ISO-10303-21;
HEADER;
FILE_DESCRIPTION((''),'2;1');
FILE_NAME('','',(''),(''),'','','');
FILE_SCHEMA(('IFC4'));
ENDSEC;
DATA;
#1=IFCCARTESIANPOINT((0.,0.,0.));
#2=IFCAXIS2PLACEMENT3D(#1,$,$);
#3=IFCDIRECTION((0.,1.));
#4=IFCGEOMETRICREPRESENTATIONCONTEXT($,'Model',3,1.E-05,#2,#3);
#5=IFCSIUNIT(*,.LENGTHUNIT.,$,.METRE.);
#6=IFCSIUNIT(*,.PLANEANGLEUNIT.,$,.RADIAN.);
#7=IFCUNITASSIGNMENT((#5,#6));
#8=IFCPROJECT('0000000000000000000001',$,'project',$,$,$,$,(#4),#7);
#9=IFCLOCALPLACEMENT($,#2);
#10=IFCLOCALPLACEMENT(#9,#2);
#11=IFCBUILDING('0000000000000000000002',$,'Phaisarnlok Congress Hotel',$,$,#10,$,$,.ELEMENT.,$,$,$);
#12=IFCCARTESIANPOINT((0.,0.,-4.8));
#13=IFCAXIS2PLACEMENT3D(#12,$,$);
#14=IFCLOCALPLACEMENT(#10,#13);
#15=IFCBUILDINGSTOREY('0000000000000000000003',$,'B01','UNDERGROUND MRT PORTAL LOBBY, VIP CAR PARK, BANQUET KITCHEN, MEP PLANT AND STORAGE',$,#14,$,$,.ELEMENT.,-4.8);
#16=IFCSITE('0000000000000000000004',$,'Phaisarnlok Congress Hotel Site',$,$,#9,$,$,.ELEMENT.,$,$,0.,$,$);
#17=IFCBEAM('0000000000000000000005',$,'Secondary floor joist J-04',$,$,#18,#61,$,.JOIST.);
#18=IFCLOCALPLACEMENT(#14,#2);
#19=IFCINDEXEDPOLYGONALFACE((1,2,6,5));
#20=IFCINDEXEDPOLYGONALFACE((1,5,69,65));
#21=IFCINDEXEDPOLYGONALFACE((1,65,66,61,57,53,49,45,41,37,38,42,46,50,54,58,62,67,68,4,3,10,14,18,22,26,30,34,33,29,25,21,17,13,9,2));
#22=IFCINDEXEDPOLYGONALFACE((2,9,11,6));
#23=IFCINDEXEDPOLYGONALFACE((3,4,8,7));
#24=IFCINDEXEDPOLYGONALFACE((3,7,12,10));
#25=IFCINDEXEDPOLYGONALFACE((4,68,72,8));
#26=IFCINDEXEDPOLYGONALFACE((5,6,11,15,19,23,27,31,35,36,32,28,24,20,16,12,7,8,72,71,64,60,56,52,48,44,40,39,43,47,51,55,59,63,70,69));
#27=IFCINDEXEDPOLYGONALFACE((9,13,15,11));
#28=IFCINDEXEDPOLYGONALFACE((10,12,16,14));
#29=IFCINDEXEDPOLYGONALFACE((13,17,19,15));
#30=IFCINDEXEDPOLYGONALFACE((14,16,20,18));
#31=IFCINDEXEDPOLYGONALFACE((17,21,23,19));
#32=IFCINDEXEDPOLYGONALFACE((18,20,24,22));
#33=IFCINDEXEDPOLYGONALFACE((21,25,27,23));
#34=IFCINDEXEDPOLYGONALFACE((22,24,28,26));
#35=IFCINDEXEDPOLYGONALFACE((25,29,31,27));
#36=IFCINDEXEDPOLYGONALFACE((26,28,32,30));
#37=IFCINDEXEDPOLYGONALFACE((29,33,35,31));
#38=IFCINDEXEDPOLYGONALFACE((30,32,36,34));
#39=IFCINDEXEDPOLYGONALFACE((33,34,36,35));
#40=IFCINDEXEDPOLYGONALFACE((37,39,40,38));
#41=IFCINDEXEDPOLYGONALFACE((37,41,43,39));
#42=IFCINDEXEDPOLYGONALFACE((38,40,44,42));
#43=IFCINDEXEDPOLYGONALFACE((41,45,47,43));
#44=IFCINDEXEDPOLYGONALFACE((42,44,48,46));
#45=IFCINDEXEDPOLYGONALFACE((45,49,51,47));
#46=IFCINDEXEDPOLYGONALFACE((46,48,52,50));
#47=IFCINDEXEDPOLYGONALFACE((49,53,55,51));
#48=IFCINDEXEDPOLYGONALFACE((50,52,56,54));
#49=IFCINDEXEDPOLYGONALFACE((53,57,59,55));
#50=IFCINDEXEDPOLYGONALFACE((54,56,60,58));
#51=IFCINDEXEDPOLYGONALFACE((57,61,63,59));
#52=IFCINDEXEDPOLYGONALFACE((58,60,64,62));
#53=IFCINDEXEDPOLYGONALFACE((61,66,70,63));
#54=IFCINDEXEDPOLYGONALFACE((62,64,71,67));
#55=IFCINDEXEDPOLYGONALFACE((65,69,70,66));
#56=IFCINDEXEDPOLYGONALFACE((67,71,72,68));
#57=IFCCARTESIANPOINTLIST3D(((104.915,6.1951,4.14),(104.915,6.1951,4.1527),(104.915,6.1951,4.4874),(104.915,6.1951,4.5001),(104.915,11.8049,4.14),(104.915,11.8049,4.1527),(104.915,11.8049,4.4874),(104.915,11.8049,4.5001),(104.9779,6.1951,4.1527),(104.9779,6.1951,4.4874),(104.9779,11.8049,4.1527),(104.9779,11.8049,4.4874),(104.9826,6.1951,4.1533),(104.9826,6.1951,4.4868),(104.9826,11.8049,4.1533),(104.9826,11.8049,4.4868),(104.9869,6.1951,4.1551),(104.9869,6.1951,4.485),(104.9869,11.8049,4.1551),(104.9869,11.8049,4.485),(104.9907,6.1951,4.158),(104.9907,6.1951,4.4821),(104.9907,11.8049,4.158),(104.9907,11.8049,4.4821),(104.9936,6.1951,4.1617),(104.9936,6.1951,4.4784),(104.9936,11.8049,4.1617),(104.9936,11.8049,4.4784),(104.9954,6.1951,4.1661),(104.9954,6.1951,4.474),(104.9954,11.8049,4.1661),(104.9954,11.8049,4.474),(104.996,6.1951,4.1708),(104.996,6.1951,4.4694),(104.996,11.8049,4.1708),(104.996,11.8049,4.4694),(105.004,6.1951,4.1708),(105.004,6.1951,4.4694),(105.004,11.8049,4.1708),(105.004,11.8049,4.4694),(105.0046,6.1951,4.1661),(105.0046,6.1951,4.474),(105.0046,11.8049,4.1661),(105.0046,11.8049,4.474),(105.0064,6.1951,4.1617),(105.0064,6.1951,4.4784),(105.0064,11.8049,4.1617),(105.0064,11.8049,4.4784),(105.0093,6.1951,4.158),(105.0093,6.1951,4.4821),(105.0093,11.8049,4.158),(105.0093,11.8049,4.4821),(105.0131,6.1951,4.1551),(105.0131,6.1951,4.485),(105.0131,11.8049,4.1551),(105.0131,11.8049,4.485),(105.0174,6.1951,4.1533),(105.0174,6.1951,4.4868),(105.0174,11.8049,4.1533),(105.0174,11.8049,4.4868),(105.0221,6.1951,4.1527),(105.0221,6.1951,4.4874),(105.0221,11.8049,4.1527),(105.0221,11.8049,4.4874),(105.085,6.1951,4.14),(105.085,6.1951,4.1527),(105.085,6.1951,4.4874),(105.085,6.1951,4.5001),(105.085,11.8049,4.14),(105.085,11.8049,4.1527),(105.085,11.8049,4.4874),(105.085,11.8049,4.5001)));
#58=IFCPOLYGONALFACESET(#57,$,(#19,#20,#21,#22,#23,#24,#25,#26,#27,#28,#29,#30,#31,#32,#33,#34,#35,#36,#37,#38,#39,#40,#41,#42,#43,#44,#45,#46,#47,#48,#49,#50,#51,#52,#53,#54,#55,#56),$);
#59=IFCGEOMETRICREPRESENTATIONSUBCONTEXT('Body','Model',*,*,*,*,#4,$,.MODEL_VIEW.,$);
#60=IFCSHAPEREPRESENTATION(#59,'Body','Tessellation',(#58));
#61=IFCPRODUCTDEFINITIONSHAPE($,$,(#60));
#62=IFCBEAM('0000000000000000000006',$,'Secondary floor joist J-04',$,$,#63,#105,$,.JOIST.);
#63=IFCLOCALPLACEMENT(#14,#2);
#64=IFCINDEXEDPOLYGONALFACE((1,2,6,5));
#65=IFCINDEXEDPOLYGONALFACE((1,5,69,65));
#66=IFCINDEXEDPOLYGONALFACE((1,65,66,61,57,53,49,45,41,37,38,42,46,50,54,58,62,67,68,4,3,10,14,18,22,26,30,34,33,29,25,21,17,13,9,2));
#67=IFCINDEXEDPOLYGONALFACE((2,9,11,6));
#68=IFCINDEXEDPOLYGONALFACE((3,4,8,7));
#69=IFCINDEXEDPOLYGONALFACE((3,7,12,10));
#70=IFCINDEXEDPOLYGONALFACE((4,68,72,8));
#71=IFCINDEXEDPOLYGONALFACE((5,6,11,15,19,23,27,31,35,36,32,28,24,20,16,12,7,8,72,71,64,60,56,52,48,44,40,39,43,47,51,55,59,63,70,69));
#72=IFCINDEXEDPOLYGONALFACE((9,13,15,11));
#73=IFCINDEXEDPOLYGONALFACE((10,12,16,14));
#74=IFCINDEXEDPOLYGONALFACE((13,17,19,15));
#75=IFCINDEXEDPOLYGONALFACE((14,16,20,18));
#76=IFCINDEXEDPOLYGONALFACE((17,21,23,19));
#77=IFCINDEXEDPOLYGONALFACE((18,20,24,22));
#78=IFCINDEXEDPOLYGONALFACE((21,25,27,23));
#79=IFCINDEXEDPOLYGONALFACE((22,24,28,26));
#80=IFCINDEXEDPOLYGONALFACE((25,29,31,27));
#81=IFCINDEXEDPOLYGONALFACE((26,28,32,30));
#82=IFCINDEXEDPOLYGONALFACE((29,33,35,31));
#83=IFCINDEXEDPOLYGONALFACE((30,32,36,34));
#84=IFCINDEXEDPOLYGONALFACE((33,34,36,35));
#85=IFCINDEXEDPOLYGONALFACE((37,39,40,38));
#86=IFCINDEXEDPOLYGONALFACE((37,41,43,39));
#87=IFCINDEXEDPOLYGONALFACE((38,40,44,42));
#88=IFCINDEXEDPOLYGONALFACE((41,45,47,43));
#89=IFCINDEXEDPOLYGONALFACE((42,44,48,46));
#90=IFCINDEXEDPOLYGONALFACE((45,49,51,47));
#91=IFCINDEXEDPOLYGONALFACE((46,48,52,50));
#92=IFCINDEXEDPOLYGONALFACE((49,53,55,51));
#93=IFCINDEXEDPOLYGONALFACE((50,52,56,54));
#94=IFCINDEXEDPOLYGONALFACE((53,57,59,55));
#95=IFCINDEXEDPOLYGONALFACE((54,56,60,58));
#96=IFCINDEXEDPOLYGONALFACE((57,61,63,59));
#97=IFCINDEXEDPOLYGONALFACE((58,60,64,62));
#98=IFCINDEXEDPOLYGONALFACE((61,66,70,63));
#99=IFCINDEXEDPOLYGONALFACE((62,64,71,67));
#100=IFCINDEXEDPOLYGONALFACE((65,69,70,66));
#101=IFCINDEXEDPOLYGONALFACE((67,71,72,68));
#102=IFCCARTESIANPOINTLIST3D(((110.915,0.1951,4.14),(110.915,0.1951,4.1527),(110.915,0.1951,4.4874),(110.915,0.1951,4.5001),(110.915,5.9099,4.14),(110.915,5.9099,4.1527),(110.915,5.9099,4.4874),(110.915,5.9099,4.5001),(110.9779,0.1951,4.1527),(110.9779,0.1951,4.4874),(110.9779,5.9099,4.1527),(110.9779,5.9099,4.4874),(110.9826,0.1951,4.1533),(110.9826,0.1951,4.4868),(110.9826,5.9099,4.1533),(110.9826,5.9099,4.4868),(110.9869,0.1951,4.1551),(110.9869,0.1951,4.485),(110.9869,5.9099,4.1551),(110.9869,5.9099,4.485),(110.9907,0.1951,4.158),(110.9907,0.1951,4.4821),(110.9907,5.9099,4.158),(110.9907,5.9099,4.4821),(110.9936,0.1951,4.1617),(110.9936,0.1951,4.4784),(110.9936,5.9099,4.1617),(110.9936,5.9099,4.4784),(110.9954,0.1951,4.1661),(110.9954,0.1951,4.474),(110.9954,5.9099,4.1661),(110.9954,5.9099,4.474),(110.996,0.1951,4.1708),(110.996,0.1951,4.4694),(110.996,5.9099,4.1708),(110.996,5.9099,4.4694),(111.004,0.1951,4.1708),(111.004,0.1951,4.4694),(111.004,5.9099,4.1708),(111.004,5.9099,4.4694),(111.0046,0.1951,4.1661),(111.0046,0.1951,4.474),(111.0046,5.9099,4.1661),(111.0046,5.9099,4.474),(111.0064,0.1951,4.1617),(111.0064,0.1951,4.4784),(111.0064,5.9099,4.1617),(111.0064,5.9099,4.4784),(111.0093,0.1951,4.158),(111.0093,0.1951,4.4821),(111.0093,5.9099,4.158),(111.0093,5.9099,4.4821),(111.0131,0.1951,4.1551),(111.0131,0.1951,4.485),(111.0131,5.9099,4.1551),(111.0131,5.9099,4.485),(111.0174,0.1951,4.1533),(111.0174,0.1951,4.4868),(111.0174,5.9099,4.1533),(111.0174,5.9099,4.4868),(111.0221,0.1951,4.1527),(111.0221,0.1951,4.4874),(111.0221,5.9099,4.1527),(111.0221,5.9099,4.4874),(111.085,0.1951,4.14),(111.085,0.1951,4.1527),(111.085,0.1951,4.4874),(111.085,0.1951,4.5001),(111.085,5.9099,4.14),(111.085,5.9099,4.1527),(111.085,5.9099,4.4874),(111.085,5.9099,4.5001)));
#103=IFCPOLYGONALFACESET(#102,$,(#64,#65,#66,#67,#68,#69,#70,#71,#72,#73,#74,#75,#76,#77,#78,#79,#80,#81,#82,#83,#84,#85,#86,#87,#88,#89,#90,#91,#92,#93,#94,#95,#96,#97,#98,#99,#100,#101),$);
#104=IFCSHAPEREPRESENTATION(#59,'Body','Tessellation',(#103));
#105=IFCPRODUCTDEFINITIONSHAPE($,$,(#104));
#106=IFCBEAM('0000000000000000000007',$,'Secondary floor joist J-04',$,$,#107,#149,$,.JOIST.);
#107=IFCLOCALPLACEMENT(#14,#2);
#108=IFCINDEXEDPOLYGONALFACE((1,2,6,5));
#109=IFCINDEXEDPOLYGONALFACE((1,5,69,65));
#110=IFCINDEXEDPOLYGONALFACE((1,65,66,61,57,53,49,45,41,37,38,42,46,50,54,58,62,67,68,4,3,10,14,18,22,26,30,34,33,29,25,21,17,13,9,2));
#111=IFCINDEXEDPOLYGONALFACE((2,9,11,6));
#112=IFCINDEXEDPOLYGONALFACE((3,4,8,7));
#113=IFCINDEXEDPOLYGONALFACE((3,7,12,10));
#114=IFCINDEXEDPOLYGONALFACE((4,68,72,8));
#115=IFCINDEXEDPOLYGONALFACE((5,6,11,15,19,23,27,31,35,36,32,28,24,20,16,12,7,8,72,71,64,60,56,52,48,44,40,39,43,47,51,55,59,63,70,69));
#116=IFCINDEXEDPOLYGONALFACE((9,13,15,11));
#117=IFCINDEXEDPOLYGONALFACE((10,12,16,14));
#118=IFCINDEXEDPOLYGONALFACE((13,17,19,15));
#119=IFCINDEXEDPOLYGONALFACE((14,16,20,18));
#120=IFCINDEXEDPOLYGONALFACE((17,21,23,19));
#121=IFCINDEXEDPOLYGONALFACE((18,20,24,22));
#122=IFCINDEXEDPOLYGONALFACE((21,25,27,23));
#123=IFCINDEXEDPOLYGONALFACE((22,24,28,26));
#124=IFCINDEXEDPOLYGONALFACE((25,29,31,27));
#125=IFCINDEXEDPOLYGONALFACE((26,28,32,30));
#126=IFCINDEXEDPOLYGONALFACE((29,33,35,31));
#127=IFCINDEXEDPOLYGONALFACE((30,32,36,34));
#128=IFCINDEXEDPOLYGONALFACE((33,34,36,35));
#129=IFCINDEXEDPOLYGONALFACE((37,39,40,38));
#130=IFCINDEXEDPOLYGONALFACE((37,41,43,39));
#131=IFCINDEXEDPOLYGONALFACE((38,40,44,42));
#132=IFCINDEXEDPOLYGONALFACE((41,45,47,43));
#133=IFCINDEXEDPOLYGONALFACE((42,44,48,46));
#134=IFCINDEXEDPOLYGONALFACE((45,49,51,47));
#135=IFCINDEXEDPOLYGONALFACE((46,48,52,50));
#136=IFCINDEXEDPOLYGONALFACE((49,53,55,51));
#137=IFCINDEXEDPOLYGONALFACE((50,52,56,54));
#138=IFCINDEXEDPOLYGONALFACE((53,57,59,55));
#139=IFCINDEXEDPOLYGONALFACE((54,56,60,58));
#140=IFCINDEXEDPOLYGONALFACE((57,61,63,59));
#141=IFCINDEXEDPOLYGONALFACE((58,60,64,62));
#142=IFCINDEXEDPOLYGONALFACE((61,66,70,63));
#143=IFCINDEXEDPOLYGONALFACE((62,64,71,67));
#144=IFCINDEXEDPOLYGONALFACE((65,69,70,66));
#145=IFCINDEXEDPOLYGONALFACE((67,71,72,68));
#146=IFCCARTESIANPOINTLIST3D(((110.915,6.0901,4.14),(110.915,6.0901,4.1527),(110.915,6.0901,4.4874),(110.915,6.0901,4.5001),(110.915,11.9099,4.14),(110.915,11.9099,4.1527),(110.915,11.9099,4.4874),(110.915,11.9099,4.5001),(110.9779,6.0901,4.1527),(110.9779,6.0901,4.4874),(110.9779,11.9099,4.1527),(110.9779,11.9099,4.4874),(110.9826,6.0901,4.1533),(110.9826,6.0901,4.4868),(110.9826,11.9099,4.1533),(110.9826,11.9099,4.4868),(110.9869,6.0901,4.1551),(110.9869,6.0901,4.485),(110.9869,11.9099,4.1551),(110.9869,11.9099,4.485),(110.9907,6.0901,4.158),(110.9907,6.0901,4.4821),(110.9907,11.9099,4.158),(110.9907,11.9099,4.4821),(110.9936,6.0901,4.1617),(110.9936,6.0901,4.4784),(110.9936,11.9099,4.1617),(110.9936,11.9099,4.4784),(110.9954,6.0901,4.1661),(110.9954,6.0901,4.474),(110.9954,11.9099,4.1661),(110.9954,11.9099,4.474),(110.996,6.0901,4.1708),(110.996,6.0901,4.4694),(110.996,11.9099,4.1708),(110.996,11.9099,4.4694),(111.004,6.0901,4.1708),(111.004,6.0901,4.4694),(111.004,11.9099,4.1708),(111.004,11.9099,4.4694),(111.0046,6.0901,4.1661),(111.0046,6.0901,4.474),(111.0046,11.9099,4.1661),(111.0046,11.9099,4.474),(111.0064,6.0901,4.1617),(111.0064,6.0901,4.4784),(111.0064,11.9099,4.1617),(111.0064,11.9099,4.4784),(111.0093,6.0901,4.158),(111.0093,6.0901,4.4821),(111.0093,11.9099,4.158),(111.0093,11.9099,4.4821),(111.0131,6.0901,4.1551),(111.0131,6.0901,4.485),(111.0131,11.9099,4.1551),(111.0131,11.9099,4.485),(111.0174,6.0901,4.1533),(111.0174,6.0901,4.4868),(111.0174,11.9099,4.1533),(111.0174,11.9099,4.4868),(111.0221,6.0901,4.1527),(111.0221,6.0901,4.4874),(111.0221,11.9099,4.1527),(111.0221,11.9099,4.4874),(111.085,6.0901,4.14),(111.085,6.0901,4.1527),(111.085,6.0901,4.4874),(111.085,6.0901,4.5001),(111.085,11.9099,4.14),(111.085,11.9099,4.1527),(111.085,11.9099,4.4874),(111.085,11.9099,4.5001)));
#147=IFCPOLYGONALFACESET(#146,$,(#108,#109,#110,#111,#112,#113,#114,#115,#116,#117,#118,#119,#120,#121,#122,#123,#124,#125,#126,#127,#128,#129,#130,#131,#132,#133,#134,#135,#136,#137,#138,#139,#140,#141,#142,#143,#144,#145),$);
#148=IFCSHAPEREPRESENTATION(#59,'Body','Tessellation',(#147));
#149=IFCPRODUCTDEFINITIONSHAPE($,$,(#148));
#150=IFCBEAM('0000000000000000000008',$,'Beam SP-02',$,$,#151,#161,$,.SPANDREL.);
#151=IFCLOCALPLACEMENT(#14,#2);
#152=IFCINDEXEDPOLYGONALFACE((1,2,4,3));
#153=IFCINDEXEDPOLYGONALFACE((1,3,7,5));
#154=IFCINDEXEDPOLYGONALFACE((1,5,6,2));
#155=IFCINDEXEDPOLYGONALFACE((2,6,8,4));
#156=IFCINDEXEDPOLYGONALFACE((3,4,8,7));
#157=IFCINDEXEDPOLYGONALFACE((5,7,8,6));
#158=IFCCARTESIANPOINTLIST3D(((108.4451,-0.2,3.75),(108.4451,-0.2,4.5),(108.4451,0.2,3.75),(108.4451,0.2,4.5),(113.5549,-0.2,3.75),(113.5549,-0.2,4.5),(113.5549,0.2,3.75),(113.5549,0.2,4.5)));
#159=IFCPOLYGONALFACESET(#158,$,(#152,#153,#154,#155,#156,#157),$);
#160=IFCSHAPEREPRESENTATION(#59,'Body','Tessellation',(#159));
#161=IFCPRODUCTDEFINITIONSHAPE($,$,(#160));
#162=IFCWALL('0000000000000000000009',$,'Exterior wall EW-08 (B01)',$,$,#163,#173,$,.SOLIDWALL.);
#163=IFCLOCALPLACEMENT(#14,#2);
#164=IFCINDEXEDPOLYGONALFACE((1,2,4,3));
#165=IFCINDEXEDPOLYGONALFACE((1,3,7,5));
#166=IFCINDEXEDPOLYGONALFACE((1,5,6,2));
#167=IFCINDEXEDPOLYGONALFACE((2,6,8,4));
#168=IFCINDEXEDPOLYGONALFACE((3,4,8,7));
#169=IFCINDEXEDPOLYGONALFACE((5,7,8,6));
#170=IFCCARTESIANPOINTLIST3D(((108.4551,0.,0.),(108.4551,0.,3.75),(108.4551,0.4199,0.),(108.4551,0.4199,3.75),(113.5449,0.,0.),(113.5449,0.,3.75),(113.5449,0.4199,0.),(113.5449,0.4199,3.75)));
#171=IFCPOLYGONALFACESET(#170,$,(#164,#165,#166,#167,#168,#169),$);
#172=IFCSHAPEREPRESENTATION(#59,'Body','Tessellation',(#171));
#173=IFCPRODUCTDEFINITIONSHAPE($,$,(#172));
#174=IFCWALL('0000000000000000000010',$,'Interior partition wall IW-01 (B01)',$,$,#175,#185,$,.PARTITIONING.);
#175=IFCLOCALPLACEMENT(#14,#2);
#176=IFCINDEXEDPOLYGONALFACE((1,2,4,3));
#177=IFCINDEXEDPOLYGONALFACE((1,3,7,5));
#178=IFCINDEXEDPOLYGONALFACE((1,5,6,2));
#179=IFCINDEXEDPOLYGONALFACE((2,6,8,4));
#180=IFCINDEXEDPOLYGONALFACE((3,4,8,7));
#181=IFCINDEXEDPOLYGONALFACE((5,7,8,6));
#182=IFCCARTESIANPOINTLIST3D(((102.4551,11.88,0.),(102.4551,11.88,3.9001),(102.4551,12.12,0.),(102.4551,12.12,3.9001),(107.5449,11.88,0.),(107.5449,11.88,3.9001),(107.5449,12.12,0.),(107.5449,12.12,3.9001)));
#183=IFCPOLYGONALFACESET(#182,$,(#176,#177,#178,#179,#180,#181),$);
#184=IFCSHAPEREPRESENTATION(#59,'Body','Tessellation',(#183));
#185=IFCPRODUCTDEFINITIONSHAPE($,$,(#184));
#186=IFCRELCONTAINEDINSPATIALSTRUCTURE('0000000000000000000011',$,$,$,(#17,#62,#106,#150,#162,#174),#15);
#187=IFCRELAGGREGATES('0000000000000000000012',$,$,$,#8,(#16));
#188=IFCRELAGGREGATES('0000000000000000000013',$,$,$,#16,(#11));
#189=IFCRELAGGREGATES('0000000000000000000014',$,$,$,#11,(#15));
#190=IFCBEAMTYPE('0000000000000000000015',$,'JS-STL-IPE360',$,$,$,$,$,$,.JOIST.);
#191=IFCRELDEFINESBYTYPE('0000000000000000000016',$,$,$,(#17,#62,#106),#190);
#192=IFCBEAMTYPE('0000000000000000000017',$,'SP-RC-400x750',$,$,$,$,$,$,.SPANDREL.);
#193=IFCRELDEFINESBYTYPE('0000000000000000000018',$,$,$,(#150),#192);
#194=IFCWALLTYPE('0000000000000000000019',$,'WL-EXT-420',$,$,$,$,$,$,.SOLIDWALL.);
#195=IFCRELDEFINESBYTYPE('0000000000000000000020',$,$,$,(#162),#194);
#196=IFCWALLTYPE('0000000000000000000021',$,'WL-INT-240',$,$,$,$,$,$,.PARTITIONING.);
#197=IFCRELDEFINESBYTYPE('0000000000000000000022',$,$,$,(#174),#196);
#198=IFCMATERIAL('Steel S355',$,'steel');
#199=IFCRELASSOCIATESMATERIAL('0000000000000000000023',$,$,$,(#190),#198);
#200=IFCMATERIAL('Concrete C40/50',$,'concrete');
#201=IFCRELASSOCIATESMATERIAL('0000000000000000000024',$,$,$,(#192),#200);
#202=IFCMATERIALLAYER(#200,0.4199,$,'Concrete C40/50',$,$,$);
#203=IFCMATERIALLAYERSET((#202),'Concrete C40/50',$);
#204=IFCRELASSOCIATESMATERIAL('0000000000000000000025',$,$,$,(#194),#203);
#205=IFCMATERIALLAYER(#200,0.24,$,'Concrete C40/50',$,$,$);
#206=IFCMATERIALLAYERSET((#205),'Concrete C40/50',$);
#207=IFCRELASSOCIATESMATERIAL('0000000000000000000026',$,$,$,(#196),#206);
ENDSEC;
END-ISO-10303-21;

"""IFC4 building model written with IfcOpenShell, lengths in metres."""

from ifc_helpers import new_model, si_unit, direction, frame, frame_2d, origin, origin_2d, place, context, subcontext, project, spatial, rectangle, i_section, extrude, material, layer, layer_set, material_profile, profile_set, type_object, element, save


model = new_model("IFC4")

# Units and contexts
model_context = context("Model", 3, precision=1e-05, world=origin(), true_north=direction((0.0, 1.0)))
body_context = subcontext(model_context, "Body", "Model", "MODEL_VIEW")
ifc_project = project(units=[si_unit("LENGTHUNIT", "METRE"), si_unit("PLANEANGLEUNIT", "RADIAN")], contexts=[model_context])

# Site, building, storey
site_placement = place(None, origin())
site = spatial("IfcSite", under=ifc_project, at=site_placement, Name="Phaisarnlok Congress Hotel Site", CompositionType="ELEMENT", RefElevation=0.0)
building_placement = place(site_placement, origin())
building = spatial("IfcBuilding", under=site, at=building_placement, Name="Phaisarnlok Congress Hotel", CompositionType="ELEMENT")
storey_placement = place(building_placement, frame((0.0, 0.0, -4.8)))
storey = spatial("IfcBuildingStorey", under=building, at=storey_placement, Name="B01", Description="UNDERGROUND MRT PORTAL LOBBY, VIP CAR PARK, BANQUET KITCHEN, MEP PLANT AND STORAGE", CompositionType="ELEMENT", Elevation=-4.8)

# Shared definitions
ifc_material_1 = material(Name="Concrete C40/50", Category="concrete")

# Beams
ifc_material_2 = material(Name="Steel S355", Category="steel")
ifc_material_profile_1 = material_profile(ifc_material_2, i_section(OverallWidth=0.1699, OverallDepth=0.3601, WebThickness=0.0081, FlangeThickness=0.0127, FilletRadius=0.0181, at=origin_2d()), Name="IPE 360")
ifc_profile_set_1 = profile_set([ifc_material_profile_1], Name="Steel S355")
beam_type_1 = type_object("IfcBeamType", Name="JS-STL-IPE360", PredefinedType="JOIST", material=ifc_profile_set_1)
beam_1_placement = place(storey_placement, frame((105.0, 6.1951, 4.3201), z_axis=(0.0, 1.0, 0.0), x_axis=(-1.0, 0.0, 0.0)))
element("IfcBeam", 1, at=beam_1_placement, inside=storey, type_object=beam_type_1, Name="Secondary floor joist J-04", PredefinedType="JOIST", context=body_context, shape_type="SweptSolid", body=[
    extrude(i_section(OverallWidth=0.1699, OverallDepth=0.3601, WebThickness=0.0081, FlangeThickness=0.0127, FilletRadius=0.0181, at=origin_2d()), origin(), (0.0, 0.0, 1.0), 5.6099),
])
beam_2_placement = place(storey_placement, frame((111.0, 0.1951, 4.3201), z_axis=(0.0, 1.0, 0.0), x_axis=(-1.0, 0.0, 0.0)))
element("IfcBeam", 2, at=beam_2_placement, inside=storey, type_object=beam_type_1, Name="Secondary floor joist J-04", PredefinedType="JOIST", context=body_context, shape_type="SweptSolid", body=[
    extrude(i_section(OverallWidth=0.1699, OverallDepth=0.3601, WebThickness=0.0081, FlangeThickness=0.0127, FilletRadius=0.0181, at=origin_2d()), origin(), (0.0, 0.0, 1.0), 5.7148),
])
beam_3_placement = place(storey_placement, frame((111.0, 6.0901, 4.3201), z_axis=(0.0, 1.0, 0.0), x_axis=(-1.0, 0.0, 0.0)))
element("IfcBeam", 3, at=beam_3_placement, inside=storey, type_object=beam_type_1, Name="Secondary floor joist J-04", PredefinedType="JOIST", context=body_context, shape_type="SweptSolid", body=[
    extrude(i_section(OverallWidth=0.1699, OverallDepth=0.3601, WebThickness=0.0081, FlangeThickness=0.0127, FilletRadius=0.0181, at=origin_2d()), origin(), (0.0, 0.0, 1.0), 5.8198),
])
ifc_material_profile_2 = material_profile(ifc_material_1, rectangle(XDim=0.3999, YDim=0.75, at=origin_2d()), Name="RC 400x750")
ifc_profile_set_2 = profile_set([ifc_material_profile_2], Name="Concrete C40/50")
beam_type_2 = type_object("IfcBeamType", Name="SP-RC-400x750", PredefinedType="SPANDREL", material=ifc_profile_set_2)
beam_4_placement = place(storey_placement, frame((108.4451, 0.0, 4.125), z_axis=(1.0, 0.0, 0.0), x_axis=(0.0, 1.0, 0.0)))
element("IfcBeam", 4, at=beam_4_placement, inside=storey, type_object=beam_type_2, Name="Beam SP-02", PredefinedType="SPANDREL", context=body_context, shape_type="SweptSolid", body=[
    extrude(rectangle(XDim=0.3999, YDim=0.75, at=origin_2d()), origin(), (0.0, 0.0, 1.0), 5.1099),
])

# Walls
ifc_layer_1 = layer(ifc_material_1, 0.4199, Name="Concrete C40/50")
ifc_layer_set_1 = layer_set([ifc_layer_1], Name="Concrete C40/50")
wall_type_1 = type_object("IfcWallType", Name="WL-EXT-420", PredefinedType="SOLIDWALL", material=ifc_layer_set_1)
wall_1_placement = place(storey_placement, frame((108.4551, 0.21, 0.0), z_axis=(0.0, 0.0, 1.0), x_axis=(1.0, 0.0, 0.0)))
element("IfcWall", 5, at=wall_1_placement, inside=storey, type_object=wall_type_1, Name="Exterior wall EW-08 (B01)", PredefinedType="SOLIDWALL", context=body_context, shape_type="SweptSolid", body=[
    extrude(rectangle(XDim=5.0898, YDim=0.4199, at=frame_2d((2.5449, 0.0))), origin(), (0.0, 0.0, 1.0), 3.75),
])
ifc_layer_2 = layer(ifc_material_1, 0.24, Name="Concrete C40/50")
ifc_layer_set_2 = layer_set([ifc_layer_2], Name="Concrete C40/50")
wall_type_2 = type_object("IfcWallType", Name="WL-INT-240", PredefinedType="PARTITIONING", material=ifc_layer_set_2)
wall_2_placement = place(storey_placement, frame((102.4551, 12.0, 0.0), z_axis=(0.0, 0.0, 1.0), x_axis=(1.0, 0.0, 0.0)))
element("IfcWall", 6, at=wall_2_placement, inside=storey, type_object=wall_type_2, Name="Interior partition wall IW-01 (B01)", PredefinedType="PARTITIONING", context=body_context, shape_type="SweptSolid", body=[
    extrude(rectangle(XDim=5.0898, YDim=0.24, at=frame_2d((2.5449, 0.0))), origin(), (0.0, 0.0, 1.0), 3.9001),
])

save(model, "model.ifc")
